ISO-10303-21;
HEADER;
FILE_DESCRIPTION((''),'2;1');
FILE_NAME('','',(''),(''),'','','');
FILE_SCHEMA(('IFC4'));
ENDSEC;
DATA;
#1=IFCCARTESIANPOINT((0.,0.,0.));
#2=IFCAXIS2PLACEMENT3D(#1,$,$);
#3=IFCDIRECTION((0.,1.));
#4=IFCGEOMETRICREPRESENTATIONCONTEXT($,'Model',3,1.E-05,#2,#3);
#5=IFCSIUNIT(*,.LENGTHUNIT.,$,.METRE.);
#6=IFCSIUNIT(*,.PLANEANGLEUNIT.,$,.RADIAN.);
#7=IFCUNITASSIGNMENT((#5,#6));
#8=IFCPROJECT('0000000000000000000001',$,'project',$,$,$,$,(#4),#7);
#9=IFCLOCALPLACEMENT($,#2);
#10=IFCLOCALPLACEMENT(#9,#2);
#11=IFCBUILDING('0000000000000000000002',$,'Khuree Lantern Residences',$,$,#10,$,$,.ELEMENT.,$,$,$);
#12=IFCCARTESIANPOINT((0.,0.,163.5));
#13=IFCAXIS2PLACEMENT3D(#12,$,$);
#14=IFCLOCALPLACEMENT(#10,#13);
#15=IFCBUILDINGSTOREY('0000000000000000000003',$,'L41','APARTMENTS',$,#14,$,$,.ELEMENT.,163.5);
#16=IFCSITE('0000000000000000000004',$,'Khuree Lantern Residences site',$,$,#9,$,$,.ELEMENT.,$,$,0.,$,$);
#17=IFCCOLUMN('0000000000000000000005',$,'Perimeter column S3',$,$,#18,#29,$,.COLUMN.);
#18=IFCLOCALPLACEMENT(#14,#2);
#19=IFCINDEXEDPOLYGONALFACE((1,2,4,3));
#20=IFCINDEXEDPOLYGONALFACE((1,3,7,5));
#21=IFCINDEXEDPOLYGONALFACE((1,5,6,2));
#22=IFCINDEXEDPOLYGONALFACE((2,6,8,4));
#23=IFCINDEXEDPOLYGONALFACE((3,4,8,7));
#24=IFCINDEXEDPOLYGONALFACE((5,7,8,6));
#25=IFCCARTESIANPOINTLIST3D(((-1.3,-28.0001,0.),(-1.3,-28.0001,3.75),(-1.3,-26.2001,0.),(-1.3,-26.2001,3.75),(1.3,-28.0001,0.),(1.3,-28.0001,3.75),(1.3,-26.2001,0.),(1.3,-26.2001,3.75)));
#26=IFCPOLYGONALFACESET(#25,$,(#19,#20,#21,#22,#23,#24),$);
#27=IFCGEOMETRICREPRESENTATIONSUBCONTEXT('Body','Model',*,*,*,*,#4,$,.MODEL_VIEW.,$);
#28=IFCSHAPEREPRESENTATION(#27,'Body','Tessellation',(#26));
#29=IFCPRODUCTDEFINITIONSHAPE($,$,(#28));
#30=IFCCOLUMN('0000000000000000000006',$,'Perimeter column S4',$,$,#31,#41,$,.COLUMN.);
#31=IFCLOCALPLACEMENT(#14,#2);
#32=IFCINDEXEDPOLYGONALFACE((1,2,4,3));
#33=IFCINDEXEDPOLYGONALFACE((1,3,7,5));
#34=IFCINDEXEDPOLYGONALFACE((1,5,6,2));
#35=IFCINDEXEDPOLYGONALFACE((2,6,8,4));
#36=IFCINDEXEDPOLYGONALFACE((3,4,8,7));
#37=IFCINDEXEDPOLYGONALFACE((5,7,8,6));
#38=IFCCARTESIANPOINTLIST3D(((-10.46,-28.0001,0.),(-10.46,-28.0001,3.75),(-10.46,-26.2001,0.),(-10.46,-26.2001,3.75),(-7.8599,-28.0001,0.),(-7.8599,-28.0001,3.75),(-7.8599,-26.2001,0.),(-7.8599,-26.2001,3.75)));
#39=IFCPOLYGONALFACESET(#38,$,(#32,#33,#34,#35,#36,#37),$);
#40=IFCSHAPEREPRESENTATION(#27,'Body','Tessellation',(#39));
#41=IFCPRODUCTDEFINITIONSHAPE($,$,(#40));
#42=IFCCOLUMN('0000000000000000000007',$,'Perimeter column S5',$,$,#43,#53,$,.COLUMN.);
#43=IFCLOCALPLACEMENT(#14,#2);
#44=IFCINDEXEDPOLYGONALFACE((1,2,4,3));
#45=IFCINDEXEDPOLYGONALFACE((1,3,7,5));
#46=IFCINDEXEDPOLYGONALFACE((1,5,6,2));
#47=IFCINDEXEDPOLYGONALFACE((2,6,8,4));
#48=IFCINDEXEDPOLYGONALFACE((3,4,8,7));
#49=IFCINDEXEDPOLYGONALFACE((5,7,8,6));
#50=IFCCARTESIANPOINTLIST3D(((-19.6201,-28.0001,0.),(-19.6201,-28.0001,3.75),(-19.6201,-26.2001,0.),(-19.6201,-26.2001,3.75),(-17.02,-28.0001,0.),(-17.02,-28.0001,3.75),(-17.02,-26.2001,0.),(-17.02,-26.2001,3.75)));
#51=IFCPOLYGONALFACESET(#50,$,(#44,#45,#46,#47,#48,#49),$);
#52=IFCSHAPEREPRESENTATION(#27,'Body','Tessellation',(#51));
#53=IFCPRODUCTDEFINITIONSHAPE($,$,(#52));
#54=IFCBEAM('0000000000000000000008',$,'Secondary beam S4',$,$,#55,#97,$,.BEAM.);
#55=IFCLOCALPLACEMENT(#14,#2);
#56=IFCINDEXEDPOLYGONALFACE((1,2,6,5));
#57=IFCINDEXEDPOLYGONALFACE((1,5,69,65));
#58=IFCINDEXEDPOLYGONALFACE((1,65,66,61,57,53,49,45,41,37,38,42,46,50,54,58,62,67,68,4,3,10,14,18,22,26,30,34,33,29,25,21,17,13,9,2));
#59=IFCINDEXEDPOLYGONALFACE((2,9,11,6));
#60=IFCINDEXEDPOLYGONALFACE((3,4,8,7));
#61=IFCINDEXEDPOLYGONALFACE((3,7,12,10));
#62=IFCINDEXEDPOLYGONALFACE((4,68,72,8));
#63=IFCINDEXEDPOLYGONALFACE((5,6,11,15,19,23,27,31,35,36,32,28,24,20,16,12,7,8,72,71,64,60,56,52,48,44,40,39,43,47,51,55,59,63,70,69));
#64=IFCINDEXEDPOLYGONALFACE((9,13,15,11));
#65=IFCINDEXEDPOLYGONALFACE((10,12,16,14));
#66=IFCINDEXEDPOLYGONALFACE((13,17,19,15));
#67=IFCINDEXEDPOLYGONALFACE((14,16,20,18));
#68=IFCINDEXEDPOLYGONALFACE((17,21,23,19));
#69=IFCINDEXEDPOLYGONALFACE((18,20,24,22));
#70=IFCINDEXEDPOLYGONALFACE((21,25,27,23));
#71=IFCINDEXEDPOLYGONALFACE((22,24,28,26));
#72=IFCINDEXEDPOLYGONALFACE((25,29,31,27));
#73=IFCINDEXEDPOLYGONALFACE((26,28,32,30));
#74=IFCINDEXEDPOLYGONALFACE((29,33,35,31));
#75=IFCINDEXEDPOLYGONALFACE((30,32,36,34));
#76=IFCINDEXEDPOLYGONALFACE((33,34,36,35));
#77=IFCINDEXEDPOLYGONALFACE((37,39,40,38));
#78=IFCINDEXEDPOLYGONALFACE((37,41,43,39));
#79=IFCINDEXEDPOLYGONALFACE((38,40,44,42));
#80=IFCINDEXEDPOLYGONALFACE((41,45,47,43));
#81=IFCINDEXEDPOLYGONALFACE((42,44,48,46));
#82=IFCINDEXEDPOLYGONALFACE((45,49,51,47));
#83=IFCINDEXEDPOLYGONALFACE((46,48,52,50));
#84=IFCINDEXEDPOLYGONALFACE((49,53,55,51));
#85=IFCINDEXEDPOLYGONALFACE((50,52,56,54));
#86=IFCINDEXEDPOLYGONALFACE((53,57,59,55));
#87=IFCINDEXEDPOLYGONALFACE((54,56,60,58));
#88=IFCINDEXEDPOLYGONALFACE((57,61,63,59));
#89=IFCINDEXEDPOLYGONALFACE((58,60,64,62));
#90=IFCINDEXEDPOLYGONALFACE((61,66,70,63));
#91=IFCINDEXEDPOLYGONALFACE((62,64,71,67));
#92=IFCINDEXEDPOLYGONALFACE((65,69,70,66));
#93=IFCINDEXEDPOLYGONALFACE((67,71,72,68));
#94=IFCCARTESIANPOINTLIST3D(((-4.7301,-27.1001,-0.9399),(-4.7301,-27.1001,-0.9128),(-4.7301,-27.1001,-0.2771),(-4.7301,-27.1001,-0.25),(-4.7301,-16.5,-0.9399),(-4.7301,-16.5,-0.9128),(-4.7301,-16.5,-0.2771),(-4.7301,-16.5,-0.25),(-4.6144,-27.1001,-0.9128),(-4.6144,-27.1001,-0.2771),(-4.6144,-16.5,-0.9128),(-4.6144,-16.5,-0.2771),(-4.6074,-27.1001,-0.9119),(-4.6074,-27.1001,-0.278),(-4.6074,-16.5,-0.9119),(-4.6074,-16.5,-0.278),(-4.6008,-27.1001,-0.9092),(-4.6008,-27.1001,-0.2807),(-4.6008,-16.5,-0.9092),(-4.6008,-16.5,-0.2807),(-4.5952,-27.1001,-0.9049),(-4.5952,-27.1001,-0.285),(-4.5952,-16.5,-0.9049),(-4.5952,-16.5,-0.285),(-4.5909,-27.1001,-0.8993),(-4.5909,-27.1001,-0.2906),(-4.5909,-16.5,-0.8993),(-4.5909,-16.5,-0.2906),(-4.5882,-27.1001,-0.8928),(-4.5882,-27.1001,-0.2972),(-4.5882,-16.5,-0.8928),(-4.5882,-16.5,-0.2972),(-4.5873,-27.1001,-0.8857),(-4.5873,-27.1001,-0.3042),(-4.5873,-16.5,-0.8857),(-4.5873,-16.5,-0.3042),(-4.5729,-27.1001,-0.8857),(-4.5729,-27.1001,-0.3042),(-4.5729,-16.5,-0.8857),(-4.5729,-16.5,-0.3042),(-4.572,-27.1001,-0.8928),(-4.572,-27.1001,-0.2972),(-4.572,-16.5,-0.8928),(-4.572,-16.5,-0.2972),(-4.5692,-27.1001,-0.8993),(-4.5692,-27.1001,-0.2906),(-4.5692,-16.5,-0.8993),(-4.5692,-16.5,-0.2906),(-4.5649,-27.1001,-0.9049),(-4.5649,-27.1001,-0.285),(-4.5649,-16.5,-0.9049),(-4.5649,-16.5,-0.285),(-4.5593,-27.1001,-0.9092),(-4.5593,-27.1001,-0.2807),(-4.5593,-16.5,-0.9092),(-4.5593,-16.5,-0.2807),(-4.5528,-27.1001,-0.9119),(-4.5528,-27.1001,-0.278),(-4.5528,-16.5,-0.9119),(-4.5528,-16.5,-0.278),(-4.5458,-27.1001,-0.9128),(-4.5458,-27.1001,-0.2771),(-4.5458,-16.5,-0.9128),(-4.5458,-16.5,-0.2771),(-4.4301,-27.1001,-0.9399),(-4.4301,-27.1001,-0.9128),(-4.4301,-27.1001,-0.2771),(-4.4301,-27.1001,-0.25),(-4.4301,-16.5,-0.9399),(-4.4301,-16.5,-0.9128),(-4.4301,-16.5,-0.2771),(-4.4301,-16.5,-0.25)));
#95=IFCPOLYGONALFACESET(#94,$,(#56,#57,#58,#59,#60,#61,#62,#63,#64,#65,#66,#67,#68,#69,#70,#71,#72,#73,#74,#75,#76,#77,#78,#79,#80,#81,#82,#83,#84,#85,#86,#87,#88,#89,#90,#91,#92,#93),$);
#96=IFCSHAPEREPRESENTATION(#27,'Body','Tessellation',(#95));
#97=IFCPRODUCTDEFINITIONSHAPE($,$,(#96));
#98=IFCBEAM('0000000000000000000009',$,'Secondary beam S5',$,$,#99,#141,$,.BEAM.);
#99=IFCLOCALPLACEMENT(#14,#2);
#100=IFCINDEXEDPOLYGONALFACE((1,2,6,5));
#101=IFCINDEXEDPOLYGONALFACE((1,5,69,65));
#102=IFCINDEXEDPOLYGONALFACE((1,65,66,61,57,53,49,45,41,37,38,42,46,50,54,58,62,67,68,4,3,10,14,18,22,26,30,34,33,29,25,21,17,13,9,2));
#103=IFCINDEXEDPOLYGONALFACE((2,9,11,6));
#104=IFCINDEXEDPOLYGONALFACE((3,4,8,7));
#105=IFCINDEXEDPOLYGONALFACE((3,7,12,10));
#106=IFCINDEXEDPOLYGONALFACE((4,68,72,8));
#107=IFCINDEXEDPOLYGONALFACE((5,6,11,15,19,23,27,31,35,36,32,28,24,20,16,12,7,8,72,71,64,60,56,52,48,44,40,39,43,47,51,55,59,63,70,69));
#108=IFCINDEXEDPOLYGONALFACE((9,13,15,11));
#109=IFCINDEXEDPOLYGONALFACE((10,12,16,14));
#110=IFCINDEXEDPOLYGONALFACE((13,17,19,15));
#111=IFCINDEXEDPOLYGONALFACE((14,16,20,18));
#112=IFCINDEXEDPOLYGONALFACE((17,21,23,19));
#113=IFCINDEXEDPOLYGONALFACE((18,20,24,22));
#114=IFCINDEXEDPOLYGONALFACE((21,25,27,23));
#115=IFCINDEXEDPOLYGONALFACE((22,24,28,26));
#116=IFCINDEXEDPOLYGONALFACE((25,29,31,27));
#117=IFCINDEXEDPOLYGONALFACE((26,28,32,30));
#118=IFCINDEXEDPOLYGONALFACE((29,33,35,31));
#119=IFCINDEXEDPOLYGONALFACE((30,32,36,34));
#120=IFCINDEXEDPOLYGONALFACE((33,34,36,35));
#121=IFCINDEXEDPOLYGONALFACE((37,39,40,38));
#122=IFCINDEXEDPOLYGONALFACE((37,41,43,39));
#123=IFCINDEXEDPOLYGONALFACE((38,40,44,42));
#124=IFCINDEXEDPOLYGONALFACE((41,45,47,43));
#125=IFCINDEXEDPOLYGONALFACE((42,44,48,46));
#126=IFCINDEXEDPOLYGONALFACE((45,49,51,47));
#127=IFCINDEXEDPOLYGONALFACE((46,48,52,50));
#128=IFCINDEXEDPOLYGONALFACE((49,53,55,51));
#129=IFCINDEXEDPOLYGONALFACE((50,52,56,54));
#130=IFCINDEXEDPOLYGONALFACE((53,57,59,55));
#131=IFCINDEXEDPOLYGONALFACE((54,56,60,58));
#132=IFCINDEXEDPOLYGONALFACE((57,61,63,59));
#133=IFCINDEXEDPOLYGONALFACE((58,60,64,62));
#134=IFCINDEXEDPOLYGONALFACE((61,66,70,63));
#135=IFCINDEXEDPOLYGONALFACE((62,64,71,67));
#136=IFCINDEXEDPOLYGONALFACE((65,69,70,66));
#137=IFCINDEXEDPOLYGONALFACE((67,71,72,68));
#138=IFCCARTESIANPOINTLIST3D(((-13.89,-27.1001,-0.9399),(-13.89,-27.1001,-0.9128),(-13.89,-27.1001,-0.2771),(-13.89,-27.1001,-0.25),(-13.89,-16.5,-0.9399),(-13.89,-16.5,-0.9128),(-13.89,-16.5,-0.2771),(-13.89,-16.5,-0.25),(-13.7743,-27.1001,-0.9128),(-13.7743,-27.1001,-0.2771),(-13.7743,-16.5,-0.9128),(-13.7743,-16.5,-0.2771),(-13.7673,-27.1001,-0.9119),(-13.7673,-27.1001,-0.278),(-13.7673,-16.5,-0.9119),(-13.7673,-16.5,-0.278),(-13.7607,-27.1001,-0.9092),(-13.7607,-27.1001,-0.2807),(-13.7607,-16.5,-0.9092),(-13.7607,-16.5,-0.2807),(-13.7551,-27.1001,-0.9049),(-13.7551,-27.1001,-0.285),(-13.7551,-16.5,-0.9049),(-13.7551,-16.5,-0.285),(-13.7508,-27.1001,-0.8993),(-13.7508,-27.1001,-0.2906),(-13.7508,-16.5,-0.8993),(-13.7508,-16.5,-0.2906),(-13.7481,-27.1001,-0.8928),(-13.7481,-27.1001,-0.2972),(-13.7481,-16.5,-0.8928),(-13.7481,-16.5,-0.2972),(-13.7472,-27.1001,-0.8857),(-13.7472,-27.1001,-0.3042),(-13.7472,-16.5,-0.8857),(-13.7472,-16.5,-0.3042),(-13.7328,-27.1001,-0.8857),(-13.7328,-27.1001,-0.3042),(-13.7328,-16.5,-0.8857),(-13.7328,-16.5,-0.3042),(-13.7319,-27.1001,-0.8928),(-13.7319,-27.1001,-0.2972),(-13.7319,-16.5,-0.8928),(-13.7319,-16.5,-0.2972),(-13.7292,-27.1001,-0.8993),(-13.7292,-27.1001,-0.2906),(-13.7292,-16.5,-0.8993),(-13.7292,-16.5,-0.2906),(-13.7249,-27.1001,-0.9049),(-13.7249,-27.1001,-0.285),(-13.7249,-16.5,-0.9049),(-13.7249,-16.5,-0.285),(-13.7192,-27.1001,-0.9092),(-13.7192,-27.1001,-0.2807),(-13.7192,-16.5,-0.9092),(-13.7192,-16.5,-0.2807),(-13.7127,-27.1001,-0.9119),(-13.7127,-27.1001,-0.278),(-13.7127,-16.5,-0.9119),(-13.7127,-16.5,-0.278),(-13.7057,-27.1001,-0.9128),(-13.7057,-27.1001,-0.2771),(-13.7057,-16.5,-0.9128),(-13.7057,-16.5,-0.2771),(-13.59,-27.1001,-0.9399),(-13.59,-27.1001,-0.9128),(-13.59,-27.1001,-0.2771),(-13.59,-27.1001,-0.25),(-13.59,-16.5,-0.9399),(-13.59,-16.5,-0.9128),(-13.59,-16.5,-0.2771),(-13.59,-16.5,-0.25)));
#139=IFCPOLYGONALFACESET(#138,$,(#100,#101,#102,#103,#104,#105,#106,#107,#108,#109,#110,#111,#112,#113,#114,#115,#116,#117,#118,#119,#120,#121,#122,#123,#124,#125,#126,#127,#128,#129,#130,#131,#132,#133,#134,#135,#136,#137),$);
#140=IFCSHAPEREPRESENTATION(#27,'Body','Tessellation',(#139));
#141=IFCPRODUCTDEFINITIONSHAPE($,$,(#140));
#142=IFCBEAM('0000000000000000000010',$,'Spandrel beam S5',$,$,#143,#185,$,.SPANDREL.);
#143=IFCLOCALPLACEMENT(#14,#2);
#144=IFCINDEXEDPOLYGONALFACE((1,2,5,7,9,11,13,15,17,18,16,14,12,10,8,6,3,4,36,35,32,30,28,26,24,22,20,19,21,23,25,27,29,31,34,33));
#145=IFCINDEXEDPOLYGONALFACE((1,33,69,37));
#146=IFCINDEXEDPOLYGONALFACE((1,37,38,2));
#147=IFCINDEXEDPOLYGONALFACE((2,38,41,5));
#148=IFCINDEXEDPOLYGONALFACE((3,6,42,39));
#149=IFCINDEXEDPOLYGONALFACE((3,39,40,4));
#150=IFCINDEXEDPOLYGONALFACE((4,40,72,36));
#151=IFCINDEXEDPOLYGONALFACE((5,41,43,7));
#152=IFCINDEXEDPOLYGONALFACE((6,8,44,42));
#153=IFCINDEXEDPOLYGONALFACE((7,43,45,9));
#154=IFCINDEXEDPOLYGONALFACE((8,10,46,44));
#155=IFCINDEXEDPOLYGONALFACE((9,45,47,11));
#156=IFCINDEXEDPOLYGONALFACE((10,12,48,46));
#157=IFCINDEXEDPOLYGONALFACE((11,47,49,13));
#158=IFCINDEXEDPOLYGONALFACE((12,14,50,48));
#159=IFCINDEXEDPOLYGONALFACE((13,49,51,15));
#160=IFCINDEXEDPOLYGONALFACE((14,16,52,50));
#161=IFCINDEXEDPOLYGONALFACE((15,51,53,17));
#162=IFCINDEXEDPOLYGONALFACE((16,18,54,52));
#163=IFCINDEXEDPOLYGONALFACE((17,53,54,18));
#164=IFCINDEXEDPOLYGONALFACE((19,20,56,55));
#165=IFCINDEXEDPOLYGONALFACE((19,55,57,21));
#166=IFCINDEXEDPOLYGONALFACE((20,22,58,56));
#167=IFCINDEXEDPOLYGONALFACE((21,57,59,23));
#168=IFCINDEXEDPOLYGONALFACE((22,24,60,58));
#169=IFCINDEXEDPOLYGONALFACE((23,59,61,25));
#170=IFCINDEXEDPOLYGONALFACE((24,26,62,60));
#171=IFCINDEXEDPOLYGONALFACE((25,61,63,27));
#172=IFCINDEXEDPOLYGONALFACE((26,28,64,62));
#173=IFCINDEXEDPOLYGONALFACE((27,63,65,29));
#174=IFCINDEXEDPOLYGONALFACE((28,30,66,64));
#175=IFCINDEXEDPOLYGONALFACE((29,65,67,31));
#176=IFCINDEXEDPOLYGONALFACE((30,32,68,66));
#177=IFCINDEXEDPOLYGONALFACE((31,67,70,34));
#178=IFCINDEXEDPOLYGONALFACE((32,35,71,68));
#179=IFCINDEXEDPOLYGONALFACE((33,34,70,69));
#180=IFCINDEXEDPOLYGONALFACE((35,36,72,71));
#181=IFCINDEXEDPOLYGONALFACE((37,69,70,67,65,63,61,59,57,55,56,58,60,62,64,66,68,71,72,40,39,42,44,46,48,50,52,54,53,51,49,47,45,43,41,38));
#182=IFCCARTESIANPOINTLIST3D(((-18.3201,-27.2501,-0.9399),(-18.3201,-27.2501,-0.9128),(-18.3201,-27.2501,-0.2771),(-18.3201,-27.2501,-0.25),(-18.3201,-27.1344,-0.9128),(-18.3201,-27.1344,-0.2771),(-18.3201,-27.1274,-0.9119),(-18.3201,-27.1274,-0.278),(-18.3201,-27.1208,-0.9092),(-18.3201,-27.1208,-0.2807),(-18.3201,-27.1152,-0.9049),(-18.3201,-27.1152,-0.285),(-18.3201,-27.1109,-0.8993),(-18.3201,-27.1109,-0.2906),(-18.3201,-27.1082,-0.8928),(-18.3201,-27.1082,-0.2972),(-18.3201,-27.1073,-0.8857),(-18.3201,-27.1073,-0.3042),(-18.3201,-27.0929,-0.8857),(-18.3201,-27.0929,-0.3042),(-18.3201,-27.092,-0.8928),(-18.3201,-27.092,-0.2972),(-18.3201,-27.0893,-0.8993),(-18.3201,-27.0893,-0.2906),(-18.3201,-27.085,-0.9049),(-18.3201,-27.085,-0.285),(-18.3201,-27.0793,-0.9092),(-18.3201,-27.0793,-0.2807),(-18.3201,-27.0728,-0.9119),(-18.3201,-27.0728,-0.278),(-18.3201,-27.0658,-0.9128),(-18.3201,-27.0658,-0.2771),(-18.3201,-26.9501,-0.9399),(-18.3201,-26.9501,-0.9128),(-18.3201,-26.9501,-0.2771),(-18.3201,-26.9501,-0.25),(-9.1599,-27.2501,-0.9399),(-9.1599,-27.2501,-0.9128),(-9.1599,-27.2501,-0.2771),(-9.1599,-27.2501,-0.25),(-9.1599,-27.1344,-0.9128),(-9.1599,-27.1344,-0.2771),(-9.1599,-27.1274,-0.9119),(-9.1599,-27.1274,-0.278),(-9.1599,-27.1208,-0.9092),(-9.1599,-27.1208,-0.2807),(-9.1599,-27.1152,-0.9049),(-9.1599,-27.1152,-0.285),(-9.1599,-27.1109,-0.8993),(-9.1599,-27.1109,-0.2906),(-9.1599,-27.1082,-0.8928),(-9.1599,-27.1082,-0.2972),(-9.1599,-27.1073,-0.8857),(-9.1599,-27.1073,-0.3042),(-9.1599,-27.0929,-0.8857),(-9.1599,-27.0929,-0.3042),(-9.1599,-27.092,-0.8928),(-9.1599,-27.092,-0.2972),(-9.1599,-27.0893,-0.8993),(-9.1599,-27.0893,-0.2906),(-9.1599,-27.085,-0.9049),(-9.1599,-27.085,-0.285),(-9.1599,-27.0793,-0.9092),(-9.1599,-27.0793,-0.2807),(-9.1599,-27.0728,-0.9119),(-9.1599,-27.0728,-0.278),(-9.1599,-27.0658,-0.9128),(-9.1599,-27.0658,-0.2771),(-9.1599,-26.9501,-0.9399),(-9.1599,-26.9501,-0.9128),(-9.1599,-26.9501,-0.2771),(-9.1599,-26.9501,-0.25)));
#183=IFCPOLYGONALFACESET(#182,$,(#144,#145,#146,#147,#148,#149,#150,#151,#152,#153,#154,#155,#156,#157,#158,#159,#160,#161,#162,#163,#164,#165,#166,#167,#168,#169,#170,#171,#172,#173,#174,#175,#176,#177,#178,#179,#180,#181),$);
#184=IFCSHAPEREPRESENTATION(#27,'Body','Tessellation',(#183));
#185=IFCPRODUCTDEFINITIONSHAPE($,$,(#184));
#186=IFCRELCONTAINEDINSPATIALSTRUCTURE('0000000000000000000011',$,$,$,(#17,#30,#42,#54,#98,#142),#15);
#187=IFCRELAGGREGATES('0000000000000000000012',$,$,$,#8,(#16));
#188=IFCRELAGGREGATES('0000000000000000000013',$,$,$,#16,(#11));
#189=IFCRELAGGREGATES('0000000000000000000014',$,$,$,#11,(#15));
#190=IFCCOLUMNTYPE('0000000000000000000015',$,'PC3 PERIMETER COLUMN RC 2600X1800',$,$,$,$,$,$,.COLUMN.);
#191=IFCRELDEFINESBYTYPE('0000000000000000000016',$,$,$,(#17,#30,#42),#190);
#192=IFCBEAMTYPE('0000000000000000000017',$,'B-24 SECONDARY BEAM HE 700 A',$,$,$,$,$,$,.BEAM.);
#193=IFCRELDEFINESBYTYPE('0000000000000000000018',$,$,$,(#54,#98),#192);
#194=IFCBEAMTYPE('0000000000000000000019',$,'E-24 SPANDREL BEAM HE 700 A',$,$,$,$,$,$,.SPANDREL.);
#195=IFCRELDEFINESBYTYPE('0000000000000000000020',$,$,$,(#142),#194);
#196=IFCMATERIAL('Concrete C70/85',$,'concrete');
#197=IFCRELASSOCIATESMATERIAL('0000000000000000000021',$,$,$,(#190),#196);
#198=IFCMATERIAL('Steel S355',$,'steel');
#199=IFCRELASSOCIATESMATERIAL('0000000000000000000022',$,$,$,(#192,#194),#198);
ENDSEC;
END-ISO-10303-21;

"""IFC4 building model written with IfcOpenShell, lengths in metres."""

from ifc_helpers import new_model, si_unit, direction, frame, origin, origin_2d, place, context, subcontext, project, spatial, rectangle, i_section, extrude, material, material_profile, profile_set, type_object, element, save


model = new_model("IFC4")

# Units and contexts
model_context = context("Model", 3, precision=1e-05, world=origin(), true_north=direction((0.0, 1.0)))
body_context = subcontext(model_context, "Body", "Model", "MODEL_VIEW")
ifc_project = project(units=[si_unit("LENGTHUNIT", "METRE"), si_unit("PLANEANGLEUNIT", "RADIAN")], contexts=[model_context])

# Site, building, storey
site_placement = place(None, origin())
site = spatial("IfcSite", under=ifc_project, at=site_placement, Name="Khuree Lantern Residences site", CompositionType="ELEMENT", RefElevation=0.0)
building_placement = place(site_placement, origin())
building = spatial("IfcBuilding", under=site, at=building_placement, Name="Khuree Lantern Residences", CompositionType="ELEMENT")
storey_placement = place(building_placement, frame((0.0, 0.0, 163.5)))
storey = spatial("IfcBuildingStorey", under=building, at=storey_placement, Name="L41", Description="APARTMENTS", CompositionType="ELEMENT", Elevation=163.5)

# Columns
ifc_material_1 = material(Name="Concrete C70/85", Category="concrete")
ifc_material_profile_1 = material_profile(ifc_material_1, rectangle(XDim=2.6001, YDim=1.8, at=origin_2d()), Name="RC 2600X1800")
ifc_profile_set_1 = profile_set([ifc_material_profile_1], Name="Concrete C70/85")
column_type = type_object("IfcColumnType", Name="PC3 PERIMETER COLUMN RC 2600X1800", PredefinedType="COLUMN", material=ifc_profile_set_1)
for number, where, z_axis, x_axis, name in (
    (1, (0.0, -27.1001, 0.0), (0.0, 0.0, 1.0), (1.0, 0.0, 0.0), "Perimeter column S3"),
    (2, (-9.1599, -27.1001, 0.0), (0.0, 0.0, 1.0), (1.0, 0.0, 0.0), "Perimeter column S4"),
    (3, (-18.3201, -27.1001, 0.0), (0.0, 0.0, 1.0), (1.0, 0.0, 0.0), "Perimeter column S5"),
):
    element("IfcColumn", number, at=place(storey_placement, frame(where, z_axis=z_axis, x_axis=x_axis)), inside=storey, type_object=column_type, Name=name, PredefinedType="COLUMN", context=body_context, shape_type="SweptSolid", body=[
        extrude(rectangle(XDim=2.6001, YDim=1.8, at=origin_2d()), origin(), (0.0, 0.0, 1.0), 3.75),
    ])

# Beams
ifc_material_2 = material(Name="Steel S355", Category="steel")
ifc_material_profile_2 = material_profile(ifc_material_2, i_section(OverallWidth=0.3, OverallDepth=0.6899, WebThickness=0.0144, FlangeThickness=0.0271, FilletRadius=0.0271, at=origin_2d()), Name="HE 700 A")
ifc_profile_set_2 = profile_set([ifc_material_profile_2], Name="Steel S355")
beam_type_1 = type_object("IfcBeamType", Name="B-24 SECONDARY BEAM HE 700 A", PredefinedType="BEAM", material=ifc_profile_set_2)
for number, where, z_axis, x_axis, name in (
    (4, (-4.5801, -27.1001, -0.595), (0.0, 1.0, 0.0), (-1.0, 0.0, 0.0), "Secondary beam S4"),
    (5, (-13.74, -27.1001, -0.595), (0.0, 1.0, 0.0), (-1.0, 0.0, 0.0), "Secondary beam S5"),
):
    element("IfcBeam", number, at=place(storey_placement, frame(where, z_axis=z_axis, x_axis=x_axis)), inside=storey, type_object=beam_type_1, Name=name, PredefinedType="BEAM", context=body_context, shape_type="SweptSolid", body=[
        extrude(i_section(OverallWidth=0.3, OverallDepth=0.6899, WebThickness=0.0144, FlangeThickness=0.0271, FilletRadius=0.0271, at=origin_2d()), origin(), (0.0, 0.0, 1.0), 10.6001),
    ])
ifc_material_profile_3 = material_profile(ifc_material_2, i_section(OverallWidth=0.3, OverallDepth=0.6899, WebThickness=0.0144, FlangeThickness=0.0271, FilletRadius=0.0271, at=origin_2d()), Name="HE 700 A")
ifc_profile_set_3 = profile_set([ifc_material_profile_3], Name="Steel S355")
beam_type_2 = type_object("IfcBeamType", Name="E-24 SPANDREL BEAM HE 700 A", PredefinedType="SPANDREL", material=ifc_profile_set_3)
beam_1_placement = place(storey_placement, frame((-9.1599, -27.1001, -0.595), z_axis=(-1.0, 0.0, 0.0), x_axis=(0.0, -1.0, 0.0)))
element("IfcBeam", 6, at=beam_1_placement, inside=storey, type_object=beam_type_2, Name="Spandrel beam S5", PredefinedType="SPANDREL", context=body_context, shape_type="SweptSolid", body=[
    extrude(i_section(OverallWidth=0.3, OverallDepth=0.6899, WebThickness=0.0144, FlangeThickness=0.0271, FilletRadius=0.0271, at=origin_2d()), origin(), (0.0, 0.0, 1.0), 9.1602),
])

save(model, "model.ifc")
